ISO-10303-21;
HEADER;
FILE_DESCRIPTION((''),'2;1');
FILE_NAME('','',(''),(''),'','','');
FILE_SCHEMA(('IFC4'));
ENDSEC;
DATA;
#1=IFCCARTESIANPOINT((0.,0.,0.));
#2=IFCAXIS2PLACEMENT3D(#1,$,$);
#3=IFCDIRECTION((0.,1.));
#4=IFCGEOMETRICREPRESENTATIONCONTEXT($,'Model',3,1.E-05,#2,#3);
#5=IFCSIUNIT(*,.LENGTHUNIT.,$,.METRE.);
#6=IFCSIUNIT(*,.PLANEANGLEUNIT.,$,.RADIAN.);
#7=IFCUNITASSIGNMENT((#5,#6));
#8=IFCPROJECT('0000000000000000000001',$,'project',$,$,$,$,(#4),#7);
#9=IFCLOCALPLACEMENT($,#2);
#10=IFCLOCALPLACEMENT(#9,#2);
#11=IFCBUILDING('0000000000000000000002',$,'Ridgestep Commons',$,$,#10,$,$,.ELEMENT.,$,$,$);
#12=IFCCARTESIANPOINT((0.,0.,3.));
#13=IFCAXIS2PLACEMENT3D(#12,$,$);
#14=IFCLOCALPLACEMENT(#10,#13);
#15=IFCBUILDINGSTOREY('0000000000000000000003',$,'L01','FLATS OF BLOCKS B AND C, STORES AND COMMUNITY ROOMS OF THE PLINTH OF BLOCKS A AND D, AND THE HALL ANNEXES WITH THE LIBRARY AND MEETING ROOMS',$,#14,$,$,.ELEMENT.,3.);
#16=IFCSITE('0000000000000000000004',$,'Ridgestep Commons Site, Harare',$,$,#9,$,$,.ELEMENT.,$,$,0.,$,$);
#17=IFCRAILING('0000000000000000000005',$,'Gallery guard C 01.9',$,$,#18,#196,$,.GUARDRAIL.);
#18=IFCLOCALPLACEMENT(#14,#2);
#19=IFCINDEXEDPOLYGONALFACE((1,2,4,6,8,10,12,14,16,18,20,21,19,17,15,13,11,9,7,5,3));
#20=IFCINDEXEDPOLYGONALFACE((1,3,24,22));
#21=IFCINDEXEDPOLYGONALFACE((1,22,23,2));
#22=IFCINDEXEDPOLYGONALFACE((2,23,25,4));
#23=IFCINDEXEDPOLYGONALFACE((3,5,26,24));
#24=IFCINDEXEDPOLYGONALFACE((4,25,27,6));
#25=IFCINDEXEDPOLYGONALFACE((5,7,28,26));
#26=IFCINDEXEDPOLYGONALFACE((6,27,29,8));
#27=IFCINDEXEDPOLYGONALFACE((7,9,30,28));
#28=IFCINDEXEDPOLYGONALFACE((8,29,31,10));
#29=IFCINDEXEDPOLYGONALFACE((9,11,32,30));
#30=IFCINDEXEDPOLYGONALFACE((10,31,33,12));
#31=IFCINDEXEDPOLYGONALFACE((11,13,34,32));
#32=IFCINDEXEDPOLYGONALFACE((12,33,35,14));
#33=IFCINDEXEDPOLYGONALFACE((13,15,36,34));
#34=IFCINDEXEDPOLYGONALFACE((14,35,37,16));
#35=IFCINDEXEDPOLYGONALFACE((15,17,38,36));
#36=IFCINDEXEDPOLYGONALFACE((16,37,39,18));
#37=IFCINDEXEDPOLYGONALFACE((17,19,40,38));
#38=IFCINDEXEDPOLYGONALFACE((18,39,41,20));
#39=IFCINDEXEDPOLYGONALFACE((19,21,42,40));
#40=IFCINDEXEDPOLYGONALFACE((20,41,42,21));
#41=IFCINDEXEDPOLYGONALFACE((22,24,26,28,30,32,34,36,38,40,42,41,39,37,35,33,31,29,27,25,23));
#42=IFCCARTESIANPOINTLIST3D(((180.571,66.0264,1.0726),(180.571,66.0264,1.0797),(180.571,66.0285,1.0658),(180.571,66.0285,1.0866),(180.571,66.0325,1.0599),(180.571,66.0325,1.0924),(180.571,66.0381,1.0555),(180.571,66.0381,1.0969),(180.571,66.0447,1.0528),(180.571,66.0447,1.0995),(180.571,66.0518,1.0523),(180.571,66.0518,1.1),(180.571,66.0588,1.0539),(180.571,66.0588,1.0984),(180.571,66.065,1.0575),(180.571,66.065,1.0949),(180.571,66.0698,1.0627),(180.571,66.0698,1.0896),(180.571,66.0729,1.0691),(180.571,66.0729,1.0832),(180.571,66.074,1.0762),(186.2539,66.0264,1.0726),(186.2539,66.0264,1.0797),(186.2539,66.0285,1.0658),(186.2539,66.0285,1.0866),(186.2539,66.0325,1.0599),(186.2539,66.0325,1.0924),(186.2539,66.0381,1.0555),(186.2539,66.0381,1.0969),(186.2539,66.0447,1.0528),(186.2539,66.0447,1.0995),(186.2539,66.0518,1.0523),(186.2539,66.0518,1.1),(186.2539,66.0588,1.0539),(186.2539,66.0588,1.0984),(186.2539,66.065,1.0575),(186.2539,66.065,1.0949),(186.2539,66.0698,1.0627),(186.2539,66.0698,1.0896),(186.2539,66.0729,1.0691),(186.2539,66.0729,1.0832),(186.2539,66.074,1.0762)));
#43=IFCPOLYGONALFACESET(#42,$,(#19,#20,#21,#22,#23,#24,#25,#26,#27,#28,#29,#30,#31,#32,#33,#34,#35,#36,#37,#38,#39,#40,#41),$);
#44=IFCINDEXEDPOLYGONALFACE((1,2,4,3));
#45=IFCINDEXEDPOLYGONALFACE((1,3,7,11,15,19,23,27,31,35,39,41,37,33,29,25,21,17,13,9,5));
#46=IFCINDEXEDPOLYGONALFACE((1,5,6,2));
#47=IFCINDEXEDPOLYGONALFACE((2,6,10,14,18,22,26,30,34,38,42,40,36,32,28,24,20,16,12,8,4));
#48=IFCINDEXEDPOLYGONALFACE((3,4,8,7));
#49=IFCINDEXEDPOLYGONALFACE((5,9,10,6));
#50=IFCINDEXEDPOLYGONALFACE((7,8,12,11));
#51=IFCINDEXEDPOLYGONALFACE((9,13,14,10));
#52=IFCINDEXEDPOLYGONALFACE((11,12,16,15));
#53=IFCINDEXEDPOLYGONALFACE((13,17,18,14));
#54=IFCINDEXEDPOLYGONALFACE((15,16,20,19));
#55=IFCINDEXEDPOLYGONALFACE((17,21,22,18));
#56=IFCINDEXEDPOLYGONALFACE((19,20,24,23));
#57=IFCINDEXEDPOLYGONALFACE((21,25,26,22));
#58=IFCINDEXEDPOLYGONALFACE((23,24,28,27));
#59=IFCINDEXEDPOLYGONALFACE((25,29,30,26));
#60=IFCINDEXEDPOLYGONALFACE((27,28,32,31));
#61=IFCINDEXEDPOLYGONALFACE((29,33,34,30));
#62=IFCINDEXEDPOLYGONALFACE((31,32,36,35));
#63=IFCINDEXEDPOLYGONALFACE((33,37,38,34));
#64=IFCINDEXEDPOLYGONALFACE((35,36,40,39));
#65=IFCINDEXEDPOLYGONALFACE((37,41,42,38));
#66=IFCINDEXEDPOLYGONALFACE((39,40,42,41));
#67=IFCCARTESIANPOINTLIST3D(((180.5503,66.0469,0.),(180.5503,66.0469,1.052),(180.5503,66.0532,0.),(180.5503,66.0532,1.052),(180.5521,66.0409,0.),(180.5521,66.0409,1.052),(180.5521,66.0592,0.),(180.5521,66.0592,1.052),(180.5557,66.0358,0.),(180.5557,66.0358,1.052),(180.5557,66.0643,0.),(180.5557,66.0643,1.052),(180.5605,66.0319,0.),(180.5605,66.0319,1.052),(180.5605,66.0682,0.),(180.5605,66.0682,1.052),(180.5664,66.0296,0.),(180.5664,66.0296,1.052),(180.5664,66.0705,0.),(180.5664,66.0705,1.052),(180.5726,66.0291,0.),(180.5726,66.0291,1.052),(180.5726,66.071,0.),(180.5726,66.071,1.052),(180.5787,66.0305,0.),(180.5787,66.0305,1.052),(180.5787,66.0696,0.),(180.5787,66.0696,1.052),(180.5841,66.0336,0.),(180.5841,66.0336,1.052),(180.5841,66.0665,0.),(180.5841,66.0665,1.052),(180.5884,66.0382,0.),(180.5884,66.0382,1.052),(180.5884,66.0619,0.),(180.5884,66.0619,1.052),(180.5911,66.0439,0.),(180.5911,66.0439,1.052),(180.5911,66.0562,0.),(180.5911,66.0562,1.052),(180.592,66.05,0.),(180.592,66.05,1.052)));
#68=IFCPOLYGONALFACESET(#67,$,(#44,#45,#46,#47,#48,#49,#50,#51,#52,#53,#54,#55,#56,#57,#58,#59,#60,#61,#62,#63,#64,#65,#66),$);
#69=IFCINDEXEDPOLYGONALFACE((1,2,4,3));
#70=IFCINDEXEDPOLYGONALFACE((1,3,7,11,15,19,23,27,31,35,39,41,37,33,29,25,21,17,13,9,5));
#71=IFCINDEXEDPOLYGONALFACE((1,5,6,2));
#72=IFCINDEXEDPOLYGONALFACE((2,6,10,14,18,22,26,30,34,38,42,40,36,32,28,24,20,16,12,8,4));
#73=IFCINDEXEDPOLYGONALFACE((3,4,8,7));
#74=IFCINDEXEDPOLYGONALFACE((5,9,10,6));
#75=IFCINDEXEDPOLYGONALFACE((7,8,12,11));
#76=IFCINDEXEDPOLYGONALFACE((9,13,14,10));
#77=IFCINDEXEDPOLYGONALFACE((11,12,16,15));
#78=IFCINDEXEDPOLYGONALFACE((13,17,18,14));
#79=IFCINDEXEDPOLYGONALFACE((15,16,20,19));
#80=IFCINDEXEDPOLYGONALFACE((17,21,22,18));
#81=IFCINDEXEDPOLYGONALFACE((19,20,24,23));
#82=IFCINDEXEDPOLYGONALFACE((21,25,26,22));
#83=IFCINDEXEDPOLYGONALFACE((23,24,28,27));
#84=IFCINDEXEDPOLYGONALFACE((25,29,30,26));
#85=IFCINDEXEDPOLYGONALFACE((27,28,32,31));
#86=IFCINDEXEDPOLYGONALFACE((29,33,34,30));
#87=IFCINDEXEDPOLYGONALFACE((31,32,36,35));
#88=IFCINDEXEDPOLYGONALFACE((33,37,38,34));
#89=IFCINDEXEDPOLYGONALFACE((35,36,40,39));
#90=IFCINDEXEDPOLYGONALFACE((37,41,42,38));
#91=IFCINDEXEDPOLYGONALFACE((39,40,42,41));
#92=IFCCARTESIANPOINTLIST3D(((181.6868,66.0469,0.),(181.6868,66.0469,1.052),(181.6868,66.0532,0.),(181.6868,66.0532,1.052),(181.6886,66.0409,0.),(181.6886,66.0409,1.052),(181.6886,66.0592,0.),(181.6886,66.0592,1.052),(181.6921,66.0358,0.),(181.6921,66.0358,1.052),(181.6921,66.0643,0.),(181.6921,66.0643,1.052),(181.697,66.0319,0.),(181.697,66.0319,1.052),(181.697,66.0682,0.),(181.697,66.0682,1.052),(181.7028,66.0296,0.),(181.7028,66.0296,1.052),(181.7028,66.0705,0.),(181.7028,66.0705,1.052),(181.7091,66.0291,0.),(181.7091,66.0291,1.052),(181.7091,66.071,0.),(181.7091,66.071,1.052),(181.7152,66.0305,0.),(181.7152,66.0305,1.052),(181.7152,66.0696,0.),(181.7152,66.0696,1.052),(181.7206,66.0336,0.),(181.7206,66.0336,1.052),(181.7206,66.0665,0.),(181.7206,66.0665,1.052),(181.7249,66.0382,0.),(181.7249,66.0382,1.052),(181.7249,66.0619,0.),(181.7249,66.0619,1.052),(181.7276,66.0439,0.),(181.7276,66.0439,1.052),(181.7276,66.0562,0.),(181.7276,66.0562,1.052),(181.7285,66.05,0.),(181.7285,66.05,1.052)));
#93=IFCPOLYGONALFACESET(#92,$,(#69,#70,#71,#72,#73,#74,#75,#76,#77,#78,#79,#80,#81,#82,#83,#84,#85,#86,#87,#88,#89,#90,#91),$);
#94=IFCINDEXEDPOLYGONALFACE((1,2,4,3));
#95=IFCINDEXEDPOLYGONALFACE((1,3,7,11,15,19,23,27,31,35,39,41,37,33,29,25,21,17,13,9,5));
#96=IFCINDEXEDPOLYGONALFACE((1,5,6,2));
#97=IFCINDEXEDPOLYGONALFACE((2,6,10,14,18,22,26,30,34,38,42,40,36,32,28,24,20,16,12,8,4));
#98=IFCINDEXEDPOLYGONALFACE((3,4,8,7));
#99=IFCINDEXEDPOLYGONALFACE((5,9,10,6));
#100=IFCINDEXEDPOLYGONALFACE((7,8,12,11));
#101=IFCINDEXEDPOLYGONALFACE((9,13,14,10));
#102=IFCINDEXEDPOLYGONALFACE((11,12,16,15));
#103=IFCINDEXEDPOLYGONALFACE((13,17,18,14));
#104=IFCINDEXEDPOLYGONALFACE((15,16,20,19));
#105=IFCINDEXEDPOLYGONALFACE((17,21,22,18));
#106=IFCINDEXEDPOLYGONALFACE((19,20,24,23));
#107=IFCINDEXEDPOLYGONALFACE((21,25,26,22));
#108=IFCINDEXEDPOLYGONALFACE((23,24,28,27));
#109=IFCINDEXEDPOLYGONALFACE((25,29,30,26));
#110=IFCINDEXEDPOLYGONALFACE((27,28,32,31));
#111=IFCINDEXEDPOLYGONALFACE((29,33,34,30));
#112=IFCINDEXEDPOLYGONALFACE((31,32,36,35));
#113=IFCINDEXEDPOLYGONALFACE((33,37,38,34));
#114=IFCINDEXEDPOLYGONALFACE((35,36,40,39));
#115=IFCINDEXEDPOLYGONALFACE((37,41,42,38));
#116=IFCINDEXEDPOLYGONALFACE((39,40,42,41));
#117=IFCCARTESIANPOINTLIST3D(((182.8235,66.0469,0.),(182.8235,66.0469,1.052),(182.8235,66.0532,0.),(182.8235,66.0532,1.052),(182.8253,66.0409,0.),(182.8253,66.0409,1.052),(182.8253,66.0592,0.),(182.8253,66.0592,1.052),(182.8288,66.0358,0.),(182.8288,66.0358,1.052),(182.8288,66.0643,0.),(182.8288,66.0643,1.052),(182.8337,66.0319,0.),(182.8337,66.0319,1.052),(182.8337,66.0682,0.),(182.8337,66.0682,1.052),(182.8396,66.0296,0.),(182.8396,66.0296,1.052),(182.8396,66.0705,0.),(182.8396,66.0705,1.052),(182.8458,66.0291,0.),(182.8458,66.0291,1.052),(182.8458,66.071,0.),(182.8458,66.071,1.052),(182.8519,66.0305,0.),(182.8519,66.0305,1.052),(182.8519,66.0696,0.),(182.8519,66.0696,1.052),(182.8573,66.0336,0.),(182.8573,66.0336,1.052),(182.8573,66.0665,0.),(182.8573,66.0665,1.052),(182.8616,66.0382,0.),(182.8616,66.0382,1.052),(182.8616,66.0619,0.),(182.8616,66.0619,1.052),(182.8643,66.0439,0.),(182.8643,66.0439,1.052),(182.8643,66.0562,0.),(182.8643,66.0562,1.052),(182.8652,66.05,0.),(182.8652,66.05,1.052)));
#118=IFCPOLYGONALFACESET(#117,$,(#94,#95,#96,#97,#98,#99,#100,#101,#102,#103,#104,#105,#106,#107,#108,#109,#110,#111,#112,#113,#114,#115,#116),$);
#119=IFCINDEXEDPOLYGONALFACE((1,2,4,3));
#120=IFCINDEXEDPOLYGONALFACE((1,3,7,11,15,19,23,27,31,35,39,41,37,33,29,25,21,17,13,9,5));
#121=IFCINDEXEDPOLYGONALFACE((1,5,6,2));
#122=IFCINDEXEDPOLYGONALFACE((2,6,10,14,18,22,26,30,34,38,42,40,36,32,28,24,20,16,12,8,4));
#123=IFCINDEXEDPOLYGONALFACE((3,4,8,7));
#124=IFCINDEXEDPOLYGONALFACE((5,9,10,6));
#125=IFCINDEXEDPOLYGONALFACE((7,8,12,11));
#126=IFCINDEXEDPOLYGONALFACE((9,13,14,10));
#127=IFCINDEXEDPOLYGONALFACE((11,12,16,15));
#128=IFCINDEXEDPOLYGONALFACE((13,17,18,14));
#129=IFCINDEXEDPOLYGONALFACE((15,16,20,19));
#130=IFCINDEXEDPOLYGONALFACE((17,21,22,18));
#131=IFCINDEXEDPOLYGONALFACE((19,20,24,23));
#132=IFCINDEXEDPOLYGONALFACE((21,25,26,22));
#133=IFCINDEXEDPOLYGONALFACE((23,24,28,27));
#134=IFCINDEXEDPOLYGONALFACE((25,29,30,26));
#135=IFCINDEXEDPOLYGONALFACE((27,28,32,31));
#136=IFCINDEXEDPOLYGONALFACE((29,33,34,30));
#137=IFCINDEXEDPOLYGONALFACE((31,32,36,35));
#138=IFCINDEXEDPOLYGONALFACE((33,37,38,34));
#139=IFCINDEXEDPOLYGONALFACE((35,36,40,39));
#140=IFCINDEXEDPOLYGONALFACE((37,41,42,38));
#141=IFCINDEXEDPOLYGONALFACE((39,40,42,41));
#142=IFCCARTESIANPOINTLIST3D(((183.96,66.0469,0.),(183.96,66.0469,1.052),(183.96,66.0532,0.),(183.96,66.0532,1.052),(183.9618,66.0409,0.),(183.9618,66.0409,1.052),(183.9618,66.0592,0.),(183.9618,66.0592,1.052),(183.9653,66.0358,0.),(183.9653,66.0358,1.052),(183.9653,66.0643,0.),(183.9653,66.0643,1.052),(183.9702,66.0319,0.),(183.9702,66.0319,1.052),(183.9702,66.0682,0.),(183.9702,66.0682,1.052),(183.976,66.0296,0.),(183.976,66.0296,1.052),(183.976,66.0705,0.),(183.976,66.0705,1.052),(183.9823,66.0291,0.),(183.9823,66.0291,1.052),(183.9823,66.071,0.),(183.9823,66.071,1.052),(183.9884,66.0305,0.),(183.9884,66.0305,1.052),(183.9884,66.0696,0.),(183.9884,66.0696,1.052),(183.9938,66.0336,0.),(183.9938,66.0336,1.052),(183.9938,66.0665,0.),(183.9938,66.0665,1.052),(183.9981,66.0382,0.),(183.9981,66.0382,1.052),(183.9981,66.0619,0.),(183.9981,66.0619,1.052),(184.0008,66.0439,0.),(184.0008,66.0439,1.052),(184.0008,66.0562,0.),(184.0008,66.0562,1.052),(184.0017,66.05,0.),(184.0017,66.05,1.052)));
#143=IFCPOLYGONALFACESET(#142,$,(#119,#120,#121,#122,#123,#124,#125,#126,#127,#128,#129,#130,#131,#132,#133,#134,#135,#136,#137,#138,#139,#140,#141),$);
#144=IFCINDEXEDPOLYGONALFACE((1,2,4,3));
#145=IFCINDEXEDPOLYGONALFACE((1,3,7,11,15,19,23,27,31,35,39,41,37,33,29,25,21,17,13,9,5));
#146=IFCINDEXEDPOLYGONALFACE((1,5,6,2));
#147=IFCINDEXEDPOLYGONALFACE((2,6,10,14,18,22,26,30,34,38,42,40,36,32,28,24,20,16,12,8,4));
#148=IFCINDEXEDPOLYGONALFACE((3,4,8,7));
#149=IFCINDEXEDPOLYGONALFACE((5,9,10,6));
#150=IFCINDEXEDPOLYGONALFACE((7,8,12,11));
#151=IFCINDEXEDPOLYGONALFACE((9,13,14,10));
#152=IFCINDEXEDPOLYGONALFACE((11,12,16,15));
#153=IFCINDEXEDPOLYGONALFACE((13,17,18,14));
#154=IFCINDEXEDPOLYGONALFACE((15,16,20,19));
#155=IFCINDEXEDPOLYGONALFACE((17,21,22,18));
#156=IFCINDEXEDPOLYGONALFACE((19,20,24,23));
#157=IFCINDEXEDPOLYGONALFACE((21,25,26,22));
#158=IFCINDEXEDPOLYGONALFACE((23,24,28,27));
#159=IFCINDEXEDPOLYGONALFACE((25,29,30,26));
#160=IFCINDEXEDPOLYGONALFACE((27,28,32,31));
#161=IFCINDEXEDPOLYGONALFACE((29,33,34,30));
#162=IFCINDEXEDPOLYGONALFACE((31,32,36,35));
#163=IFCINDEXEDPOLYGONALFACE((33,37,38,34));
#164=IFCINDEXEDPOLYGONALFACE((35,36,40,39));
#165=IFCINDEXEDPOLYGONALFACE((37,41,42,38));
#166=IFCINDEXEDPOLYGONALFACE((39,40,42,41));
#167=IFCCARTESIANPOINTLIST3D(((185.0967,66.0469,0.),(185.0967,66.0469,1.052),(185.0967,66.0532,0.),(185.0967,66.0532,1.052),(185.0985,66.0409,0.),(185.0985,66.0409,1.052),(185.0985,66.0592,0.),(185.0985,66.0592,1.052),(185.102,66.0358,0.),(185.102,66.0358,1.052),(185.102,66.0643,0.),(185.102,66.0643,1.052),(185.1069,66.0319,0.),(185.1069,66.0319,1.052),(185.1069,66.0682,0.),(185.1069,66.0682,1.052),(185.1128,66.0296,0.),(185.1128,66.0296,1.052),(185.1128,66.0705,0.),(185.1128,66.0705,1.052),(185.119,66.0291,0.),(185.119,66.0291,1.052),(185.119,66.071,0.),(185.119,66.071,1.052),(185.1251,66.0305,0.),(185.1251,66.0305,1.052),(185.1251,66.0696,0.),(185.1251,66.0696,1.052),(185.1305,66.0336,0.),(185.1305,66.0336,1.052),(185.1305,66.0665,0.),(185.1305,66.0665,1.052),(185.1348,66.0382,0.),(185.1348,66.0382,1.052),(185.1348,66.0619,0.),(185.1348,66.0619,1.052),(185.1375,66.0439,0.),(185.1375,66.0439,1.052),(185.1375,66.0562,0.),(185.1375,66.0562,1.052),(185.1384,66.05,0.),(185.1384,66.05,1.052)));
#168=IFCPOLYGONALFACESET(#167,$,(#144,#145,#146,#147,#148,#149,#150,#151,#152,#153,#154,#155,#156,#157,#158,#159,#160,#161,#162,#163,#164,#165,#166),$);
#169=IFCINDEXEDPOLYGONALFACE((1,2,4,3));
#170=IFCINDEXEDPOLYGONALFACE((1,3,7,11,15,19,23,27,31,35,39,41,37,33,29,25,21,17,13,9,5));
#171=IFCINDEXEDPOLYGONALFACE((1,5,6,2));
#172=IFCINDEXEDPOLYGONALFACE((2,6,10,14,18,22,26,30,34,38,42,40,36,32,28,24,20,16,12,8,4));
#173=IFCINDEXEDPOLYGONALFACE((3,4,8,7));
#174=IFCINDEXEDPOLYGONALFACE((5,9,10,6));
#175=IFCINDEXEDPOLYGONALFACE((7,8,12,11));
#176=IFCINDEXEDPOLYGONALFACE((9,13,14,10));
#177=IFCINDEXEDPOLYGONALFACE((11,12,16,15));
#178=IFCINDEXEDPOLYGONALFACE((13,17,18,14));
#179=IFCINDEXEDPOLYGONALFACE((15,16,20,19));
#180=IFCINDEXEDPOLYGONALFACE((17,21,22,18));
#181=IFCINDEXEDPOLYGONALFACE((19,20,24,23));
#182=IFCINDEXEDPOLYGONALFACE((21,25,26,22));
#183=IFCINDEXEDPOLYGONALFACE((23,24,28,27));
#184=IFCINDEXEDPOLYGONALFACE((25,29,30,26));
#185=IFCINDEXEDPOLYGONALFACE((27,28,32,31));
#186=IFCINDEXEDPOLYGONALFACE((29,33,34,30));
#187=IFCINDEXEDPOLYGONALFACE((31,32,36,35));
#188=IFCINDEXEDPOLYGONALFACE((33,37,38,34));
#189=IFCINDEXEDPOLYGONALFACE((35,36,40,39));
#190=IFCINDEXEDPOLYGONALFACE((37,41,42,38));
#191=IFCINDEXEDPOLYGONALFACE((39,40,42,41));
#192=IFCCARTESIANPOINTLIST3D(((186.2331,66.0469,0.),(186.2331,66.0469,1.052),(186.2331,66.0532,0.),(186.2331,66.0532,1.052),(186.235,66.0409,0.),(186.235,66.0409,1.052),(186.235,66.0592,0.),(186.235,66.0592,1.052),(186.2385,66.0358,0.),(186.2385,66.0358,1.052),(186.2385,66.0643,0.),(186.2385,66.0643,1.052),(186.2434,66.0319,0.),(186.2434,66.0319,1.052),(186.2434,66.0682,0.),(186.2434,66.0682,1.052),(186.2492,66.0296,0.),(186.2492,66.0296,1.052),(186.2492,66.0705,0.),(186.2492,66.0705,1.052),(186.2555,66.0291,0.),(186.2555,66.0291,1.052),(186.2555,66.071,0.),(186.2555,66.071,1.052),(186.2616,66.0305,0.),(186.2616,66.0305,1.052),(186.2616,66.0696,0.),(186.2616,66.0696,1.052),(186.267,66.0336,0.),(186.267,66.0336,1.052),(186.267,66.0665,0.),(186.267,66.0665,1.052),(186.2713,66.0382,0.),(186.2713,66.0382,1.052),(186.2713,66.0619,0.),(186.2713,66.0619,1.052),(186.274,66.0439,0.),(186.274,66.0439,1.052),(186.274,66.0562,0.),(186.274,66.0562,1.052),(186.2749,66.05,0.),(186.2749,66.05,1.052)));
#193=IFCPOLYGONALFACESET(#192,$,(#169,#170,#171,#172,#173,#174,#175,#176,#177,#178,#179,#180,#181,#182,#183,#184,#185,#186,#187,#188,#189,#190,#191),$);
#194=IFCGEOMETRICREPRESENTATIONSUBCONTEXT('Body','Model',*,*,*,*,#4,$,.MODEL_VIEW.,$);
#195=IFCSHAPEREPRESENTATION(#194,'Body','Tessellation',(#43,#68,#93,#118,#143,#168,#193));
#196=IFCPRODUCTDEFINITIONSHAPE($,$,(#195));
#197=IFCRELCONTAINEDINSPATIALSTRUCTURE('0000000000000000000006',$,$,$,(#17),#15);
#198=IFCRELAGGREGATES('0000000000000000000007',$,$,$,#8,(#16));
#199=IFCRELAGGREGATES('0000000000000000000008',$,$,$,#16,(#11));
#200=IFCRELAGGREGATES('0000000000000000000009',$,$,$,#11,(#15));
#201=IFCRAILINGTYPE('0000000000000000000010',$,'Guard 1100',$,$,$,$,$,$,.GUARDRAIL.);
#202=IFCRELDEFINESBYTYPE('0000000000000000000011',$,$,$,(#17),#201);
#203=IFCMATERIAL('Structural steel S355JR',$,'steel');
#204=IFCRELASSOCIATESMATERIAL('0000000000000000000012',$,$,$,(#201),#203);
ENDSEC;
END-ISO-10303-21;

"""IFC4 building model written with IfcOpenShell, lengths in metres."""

from ifc_helpers import new_model, si_unit, direction, frame, origin, origin_2d, place, context, subcontext, project, spatial, circle, extrude, material, type_object, element, save


model = new_model("IFC4")

# Units and contexts
model_context = context("Model", 3, precision=1e-05, world=origin(), true_north=direction((0.0, 1.0)))
body_context = subcontext(model_context, "Body", "Model", "MODEL_VIEW")
ifc_project = project(units=[si_unit("LENGTHUNIT", "METRE"), si_unit("PLANEANGLEUNIT", "RADIAN")], contexts=[model_context])

# Site, building, storey
site_placement = place(None, origin())
site = spatial("IfcSite", under=ifc_project, at=site_placement, Name="Ridgestep Commons Site, Harare", CompositionType="ELEMENT", RefElevation=0.0)
building_placement = place(site_placement, origin())
building = spatial("IfcBuilding", under=site, at=building_placement, Name="Ridgestep Commons", CompositionType="ELEMENT")
storey_placement = place(building_placement, frame((0.0, 0.0, 3.0)))
storey = spatial("IfcBuildingStorey", under=building, at=storey_placement, Name="L01", Description="FLATS OF BLOCKS B AND C, STORES AND COMMUNITY ROOMS OF THE PLINTH OF BLOCKS A AND D, AND THE HALL ANNEXES WITH THE LIBRARY AND MEETING ROOMS", CompositionType="ELEMENT", Elevation=3.0)

# Railing
ifc_material_1 = material(Name="Structural steel S355JR", Category="steel")
railing_type = type_object("IfcRailingType", Name="Guard 1100", PredefinedType="GUARDRAIL", material=ifc_material_1)
railing_1_placement = place(storey_placement, frame((180.571, 66.05, 0.0)))
element("IfcRailing", 1, at=railing_1_placement, inside=storey, type_object=railing_type, Name="Gallery guard C 01.9", PredefinedType="GUARDRAIL", context=body_context, shape_type="SweptSolid", body=[
    extrude(circle(Radius=0.0239, at=origin_2d()), frame((0.0, 0.0, 1.0762), z_axis=(1.0, 0.0, 0.0), x_axis=(0.0, 1.0, 0.0)), (0.0, 0.0, 1.0), 5.6829),
    extrude(circle(Radius=0.021, at=origin_2d()), origin(), (0.0, 0.0, 1.0), 1.052),
    extrude(circle(Radius=0.021, at=origin_2d()), frame((1.1365, 0.0, 0.0)), (0.0, 0.0, 1.0), 1.052),
    extrude(circle(Radius=0.021, at=origin_2d()), frame((2.2732, 0.0, 0.0)), (0.0, 0.0, 1.0), 1.052),
    extrude(circle(Radius=0.021, at=origin_2d()), frame((3.4097, 0.0, 0.0)), (0.0, 0.0, 1.0), 1.052),
    extrude(circle(Radius=0.021, at=origin_2d()), frame((4.5464, 0.0, 0.0)), (0.0, 0.0, 1.0), 1.052),
    extrude(circle(Radius=0.021, at=origin_2d()), frame((5.6829, 0.0, 0.0)), (0.0, 0.0, 1.0), 1.052),
])

save(model, "model.ifc")
